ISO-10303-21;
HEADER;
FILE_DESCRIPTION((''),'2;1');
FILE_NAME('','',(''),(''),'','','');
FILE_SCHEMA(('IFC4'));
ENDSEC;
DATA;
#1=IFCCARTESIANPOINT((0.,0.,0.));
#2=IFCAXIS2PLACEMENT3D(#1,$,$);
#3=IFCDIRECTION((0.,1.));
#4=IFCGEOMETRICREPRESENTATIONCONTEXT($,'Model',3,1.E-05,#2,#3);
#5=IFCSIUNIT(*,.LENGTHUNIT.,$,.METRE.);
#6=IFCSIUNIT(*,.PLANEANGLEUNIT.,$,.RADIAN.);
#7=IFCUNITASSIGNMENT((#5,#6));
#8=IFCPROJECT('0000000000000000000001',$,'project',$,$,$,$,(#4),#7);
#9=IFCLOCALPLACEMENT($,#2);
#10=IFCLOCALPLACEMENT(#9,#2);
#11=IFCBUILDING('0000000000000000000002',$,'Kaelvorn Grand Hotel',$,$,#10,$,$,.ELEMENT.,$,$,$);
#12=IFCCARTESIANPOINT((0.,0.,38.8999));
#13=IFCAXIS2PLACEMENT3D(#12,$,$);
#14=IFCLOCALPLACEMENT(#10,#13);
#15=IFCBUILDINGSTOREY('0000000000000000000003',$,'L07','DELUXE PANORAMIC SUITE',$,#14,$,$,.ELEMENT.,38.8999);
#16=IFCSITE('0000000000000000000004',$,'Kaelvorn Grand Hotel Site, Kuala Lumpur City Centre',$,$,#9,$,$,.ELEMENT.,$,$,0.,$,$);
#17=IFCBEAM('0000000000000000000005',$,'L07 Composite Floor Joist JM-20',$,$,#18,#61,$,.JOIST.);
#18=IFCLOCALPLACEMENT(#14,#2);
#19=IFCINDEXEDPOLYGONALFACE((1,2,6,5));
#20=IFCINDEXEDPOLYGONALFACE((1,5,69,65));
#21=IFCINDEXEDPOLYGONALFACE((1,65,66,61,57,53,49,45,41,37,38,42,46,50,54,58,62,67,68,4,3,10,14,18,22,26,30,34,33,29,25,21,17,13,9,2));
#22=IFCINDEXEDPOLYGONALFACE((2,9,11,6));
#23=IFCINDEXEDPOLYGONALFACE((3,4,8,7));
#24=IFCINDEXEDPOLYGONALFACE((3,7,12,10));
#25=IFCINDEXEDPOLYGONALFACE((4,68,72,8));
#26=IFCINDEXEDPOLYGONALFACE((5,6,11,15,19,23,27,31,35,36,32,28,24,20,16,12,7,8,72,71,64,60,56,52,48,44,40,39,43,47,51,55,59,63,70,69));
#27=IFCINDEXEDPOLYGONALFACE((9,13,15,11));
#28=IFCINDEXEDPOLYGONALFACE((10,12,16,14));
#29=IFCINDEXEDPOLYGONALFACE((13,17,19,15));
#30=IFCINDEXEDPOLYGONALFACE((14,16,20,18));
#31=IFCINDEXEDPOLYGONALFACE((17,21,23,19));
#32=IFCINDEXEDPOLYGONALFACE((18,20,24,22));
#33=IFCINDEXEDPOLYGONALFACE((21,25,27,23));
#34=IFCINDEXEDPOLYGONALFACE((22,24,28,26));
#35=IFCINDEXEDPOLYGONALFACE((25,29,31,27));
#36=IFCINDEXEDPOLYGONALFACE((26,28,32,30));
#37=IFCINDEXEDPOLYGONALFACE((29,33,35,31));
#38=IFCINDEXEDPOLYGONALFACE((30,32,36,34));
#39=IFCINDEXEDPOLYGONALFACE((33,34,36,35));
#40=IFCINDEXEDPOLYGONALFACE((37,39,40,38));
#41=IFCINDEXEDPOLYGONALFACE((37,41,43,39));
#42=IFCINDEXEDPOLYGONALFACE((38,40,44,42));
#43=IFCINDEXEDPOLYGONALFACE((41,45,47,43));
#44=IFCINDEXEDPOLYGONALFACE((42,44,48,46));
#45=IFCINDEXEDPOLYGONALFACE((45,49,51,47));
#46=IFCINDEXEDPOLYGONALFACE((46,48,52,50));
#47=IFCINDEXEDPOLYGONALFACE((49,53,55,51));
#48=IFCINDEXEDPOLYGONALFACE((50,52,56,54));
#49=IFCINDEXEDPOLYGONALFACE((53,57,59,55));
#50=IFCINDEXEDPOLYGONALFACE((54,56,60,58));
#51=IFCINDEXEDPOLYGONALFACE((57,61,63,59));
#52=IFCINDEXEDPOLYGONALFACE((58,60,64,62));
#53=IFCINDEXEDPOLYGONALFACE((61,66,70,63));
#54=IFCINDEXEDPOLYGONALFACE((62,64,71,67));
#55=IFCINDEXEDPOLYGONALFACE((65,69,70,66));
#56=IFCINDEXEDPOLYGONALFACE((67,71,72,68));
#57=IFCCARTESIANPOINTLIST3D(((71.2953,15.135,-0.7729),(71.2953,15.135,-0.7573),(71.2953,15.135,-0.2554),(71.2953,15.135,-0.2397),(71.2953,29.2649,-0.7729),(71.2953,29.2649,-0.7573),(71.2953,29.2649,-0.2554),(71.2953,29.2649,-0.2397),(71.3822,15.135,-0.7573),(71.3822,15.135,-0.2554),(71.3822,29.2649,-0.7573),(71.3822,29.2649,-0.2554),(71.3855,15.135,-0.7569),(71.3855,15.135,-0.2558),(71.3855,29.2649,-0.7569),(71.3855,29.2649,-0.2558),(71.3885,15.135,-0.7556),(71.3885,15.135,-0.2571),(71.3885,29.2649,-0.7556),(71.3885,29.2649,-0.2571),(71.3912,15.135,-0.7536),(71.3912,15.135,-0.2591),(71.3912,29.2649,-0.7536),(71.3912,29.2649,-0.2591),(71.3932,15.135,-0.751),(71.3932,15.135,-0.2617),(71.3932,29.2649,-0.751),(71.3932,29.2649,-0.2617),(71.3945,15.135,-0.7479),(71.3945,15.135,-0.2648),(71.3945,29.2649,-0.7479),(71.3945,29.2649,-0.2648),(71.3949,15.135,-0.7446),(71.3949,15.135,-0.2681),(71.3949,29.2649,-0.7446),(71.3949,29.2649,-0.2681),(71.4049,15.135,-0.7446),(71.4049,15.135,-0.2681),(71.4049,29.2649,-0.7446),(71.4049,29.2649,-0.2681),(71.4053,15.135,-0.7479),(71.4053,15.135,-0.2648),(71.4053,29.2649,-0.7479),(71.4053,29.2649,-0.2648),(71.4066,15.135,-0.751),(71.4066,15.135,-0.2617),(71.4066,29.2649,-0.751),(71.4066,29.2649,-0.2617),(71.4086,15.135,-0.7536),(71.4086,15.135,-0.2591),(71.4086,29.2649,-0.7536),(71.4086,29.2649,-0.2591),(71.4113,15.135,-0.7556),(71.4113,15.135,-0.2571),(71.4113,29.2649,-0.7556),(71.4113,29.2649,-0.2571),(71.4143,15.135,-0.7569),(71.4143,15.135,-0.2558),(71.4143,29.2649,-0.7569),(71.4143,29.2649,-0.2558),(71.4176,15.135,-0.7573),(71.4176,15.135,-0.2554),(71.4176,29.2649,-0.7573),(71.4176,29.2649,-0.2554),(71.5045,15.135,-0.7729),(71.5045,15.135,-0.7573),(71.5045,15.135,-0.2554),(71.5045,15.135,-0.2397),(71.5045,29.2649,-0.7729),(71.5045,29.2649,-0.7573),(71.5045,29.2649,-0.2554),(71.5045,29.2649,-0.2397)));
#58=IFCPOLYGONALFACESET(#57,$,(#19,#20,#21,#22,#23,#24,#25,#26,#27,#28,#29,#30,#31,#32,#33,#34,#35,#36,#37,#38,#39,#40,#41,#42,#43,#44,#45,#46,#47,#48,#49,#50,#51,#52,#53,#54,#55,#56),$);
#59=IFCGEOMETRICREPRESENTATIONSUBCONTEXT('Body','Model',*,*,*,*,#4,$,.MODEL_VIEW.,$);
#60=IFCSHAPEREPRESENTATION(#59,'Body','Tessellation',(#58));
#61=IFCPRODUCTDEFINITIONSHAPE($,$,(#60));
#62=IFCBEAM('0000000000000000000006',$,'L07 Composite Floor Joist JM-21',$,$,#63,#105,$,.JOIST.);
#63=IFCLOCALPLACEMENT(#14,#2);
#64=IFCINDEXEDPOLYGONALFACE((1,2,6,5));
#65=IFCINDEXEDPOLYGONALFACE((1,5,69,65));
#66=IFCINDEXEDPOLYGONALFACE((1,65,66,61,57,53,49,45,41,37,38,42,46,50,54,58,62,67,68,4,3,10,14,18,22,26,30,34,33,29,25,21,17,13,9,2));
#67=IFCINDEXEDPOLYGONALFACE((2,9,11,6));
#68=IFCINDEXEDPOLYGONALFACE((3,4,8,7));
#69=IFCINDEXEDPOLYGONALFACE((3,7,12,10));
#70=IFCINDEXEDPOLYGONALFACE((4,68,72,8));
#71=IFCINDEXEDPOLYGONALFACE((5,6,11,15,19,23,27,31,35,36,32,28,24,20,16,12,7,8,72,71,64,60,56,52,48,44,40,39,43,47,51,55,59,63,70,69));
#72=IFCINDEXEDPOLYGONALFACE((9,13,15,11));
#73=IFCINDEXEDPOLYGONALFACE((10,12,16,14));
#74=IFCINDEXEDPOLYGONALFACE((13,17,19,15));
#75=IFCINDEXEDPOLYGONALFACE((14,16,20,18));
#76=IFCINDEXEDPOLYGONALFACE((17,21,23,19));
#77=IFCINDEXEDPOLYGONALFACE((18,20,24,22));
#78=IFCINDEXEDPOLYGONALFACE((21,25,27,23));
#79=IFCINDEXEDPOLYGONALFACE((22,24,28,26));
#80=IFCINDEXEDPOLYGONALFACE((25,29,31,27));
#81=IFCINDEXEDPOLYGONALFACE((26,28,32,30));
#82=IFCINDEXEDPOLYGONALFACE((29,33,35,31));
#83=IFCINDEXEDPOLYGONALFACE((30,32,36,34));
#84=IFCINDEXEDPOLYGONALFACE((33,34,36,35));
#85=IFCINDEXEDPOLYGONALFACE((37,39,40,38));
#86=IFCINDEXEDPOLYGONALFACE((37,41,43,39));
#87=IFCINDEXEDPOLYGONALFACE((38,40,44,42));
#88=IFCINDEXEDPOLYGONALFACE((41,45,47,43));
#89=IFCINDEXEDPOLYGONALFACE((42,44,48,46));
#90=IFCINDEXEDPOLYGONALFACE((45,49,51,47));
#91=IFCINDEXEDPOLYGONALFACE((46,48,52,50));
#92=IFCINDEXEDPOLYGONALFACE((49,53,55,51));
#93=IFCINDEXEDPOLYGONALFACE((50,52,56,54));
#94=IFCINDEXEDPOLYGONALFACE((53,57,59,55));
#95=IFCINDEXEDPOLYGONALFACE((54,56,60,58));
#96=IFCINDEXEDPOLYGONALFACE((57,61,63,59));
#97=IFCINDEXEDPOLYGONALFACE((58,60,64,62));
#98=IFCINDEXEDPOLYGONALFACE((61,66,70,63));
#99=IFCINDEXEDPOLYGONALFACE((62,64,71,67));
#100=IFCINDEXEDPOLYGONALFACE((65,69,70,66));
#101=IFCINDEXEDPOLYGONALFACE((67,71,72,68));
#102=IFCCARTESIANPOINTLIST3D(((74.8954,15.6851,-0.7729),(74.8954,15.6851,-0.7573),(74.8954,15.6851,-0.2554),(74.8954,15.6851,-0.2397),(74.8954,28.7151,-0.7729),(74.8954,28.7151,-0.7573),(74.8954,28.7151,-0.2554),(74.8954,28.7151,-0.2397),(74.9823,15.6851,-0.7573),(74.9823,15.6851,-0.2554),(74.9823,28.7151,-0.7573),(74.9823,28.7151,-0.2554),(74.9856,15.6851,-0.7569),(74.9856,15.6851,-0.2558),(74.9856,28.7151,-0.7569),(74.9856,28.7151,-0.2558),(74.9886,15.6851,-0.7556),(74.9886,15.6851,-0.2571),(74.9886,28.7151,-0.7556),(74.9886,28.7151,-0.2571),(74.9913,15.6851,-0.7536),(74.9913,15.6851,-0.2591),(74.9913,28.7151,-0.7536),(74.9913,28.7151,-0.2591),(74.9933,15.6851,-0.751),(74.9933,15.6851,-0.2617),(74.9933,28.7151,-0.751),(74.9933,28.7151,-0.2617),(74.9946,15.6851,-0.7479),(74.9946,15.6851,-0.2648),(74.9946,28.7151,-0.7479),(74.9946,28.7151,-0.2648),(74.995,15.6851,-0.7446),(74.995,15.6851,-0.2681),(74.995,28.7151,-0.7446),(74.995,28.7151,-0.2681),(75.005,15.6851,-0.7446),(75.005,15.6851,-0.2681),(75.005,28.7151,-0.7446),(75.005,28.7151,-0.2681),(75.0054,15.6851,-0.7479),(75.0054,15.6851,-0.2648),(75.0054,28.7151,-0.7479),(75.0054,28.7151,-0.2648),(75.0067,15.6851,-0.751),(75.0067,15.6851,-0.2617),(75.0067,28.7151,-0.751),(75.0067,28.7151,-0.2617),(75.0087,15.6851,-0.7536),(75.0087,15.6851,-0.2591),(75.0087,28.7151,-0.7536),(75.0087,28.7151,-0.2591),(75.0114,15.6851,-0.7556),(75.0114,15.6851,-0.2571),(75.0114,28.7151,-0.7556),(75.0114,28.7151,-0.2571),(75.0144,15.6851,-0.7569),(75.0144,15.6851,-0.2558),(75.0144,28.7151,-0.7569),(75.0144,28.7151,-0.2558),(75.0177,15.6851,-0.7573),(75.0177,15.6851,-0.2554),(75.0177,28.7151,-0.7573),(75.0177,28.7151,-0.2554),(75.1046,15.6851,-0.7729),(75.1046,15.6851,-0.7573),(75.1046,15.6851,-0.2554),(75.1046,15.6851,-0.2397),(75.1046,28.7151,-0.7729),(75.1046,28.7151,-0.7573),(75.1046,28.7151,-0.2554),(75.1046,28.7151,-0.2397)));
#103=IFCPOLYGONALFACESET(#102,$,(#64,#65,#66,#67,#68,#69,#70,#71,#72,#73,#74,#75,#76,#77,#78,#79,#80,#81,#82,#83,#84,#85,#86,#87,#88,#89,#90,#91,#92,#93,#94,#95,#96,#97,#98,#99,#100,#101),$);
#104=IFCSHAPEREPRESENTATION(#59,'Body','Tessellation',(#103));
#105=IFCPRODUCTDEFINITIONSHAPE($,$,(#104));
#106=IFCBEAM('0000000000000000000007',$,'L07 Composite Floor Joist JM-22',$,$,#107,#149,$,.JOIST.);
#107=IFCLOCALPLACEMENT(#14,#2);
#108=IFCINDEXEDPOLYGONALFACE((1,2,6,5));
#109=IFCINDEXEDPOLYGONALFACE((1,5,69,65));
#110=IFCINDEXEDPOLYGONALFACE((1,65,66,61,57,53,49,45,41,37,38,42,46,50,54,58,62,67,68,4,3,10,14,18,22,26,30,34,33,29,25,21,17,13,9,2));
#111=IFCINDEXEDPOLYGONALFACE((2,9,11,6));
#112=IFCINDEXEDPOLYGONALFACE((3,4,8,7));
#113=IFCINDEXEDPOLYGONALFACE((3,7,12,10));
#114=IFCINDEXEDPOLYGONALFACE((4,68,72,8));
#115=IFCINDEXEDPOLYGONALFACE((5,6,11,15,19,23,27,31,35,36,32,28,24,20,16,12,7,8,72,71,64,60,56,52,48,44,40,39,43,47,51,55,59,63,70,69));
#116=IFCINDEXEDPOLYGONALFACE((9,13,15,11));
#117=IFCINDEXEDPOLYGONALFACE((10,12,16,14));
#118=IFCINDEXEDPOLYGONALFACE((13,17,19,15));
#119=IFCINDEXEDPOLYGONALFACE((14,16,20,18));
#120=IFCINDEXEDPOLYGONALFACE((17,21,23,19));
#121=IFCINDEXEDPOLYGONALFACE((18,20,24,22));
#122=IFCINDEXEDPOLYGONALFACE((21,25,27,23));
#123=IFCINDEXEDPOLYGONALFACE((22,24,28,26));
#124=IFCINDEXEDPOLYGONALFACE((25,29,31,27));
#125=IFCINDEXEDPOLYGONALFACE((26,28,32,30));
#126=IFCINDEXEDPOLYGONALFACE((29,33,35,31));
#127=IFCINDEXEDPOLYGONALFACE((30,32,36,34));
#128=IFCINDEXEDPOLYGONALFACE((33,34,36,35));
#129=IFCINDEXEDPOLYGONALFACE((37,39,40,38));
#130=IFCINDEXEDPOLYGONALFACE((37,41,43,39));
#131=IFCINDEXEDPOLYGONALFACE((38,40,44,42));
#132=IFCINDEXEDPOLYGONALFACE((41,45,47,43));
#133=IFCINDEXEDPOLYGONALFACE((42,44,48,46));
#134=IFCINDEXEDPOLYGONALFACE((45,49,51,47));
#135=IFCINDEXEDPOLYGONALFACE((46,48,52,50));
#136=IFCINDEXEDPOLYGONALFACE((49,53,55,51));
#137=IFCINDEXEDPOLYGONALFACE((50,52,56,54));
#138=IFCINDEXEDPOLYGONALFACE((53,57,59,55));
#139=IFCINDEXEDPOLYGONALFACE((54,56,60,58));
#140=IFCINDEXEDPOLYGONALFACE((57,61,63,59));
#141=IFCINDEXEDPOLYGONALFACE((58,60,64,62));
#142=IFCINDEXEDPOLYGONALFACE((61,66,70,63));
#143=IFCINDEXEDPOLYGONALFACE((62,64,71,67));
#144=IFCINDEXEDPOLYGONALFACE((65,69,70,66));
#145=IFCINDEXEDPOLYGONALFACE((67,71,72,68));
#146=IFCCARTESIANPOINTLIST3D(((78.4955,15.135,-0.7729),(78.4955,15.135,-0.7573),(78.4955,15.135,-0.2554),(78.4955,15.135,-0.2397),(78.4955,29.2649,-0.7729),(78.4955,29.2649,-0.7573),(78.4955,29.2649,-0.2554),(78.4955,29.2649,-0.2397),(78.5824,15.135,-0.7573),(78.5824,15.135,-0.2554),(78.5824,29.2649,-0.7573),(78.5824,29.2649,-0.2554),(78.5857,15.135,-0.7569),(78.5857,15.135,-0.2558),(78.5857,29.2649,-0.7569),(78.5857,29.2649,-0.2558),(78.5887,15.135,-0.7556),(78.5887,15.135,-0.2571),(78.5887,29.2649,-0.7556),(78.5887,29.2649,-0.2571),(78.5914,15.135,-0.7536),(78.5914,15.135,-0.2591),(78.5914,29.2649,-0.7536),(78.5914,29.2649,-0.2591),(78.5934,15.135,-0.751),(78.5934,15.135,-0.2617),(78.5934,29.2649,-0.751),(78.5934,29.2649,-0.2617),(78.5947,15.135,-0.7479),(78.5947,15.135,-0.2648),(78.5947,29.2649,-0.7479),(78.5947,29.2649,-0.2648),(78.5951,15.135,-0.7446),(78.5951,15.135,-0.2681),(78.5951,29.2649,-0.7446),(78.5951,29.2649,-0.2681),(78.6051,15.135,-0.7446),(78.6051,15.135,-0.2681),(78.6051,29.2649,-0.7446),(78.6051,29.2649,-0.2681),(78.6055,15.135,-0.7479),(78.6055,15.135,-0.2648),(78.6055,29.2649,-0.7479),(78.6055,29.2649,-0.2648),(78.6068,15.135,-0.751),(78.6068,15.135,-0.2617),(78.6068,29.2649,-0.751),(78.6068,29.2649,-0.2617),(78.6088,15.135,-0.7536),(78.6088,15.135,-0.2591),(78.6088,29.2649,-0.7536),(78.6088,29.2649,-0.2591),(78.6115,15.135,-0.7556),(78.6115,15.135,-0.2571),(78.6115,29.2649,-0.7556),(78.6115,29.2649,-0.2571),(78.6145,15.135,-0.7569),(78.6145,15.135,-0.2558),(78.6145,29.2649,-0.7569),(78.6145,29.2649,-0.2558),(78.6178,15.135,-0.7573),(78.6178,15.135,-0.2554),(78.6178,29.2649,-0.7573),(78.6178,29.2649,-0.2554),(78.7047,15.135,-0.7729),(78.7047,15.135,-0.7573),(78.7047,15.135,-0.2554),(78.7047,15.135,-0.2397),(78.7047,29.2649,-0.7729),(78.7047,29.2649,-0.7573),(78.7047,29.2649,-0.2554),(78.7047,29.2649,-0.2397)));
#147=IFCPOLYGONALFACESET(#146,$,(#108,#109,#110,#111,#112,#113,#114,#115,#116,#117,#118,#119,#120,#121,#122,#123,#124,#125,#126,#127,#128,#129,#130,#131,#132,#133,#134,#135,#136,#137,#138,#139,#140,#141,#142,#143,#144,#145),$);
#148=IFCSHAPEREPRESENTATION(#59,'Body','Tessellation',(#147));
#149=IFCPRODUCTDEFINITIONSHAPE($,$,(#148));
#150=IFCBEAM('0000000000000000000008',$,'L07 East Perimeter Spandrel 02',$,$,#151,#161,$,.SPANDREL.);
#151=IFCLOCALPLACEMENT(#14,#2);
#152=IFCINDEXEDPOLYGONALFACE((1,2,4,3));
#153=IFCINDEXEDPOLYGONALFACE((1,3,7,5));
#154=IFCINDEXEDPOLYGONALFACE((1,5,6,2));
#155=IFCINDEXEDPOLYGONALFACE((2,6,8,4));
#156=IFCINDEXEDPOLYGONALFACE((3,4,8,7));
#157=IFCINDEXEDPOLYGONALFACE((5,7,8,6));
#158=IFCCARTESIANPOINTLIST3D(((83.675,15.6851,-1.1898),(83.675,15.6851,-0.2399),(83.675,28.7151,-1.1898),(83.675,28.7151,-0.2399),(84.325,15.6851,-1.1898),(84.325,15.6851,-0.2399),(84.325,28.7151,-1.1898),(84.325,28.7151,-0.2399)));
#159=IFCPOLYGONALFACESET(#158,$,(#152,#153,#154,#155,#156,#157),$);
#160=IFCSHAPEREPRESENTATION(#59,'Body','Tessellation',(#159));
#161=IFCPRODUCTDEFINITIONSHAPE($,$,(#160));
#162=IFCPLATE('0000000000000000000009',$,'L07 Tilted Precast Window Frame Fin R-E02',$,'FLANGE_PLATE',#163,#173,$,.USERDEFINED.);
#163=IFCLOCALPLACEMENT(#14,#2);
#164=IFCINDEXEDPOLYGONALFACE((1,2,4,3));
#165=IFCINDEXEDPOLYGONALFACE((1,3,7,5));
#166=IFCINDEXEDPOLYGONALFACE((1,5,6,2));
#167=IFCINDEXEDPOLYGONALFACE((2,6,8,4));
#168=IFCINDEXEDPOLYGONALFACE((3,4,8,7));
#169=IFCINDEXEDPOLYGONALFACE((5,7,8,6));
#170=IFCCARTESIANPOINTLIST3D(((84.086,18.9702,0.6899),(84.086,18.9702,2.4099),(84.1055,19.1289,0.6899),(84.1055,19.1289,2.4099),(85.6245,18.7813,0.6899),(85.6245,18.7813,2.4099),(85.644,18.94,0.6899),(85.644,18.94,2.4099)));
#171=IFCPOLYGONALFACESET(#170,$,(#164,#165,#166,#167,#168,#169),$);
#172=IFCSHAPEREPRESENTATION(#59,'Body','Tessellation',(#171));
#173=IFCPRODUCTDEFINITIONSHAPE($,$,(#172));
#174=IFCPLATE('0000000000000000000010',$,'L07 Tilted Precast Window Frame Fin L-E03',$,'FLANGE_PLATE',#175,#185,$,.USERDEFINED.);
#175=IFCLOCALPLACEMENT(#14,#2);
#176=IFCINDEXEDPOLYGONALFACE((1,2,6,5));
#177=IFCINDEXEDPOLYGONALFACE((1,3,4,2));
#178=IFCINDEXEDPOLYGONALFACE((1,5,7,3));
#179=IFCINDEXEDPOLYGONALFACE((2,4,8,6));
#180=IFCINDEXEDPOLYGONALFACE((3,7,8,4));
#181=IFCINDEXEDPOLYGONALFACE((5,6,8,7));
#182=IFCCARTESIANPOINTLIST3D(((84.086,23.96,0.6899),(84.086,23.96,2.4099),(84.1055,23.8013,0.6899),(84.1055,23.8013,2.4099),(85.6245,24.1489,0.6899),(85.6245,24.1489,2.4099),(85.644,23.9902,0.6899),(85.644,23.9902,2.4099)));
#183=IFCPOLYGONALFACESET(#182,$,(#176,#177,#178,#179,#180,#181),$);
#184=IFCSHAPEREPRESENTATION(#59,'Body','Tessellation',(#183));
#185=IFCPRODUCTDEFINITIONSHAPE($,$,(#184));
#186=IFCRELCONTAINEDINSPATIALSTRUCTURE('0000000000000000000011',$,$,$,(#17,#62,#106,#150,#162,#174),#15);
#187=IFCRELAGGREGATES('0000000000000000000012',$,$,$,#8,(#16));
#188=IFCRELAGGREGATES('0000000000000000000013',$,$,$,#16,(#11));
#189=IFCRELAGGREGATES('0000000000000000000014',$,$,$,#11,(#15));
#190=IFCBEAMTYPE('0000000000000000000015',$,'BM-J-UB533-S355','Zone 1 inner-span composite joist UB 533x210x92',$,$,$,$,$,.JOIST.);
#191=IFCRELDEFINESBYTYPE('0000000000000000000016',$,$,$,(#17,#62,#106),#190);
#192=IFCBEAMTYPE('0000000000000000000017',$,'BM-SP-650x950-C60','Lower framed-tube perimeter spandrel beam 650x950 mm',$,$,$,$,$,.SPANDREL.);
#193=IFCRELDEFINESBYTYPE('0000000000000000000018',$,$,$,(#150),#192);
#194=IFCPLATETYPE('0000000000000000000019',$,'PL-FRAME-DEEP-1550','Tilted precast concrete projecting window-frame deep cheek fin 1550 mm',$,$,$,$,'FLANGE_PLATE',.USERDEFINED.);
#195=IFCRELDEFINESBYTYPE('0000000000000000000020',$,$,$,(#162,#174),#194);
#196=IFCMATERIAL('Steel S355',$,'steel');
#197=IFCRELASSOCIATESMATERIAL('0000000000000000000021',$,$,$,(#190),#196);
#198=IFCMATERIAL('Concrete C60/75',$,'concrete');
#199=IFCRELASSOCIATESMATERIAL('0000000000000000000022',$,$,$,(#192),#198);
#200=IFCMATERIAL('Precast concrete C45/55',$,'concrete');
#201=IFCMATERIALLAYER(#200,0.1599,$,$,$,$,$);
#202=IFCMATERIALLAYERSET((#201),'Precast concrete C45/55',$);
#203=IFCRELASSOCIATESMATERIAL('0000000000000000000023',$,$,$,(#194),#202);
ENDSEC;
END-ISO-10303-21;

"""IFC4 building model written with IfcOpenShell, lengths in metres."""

from ifc_helpers import new_model, si_unit, direction, frame, origin, origin_2d, place, context, subcontext, project, spatial, rectangle, i_section, extrude, material, layer, layer_set, material_profile, profile_set, type_object, element, save


model = new_model("IFC4")

# Units and contexts
model_context = context("Model", 3, precision=1e-05, world=origin(), true_north=direction((0.0, 1.0)))
body_context = subcontext(model_context, "Body", "Model", "MODEL_VIEW")
ifc_project = project(units=[si_unit("LENGTHUNIT", "METRE"), si_unit("PLANEANGLEUNIT", "RADIAN")], contexts=[model_context])

# Site, building, storey
site_placement = place(None, origin())
site = spatial("IfcSite", under=ifc_project, at=site_placement, Name="Kaelvorn Grand Hotel Site, Kuala Lumpur City Centre", CompositionType="ELEMENT", RefElevation=0.0)
building_placement = place(site_placement, origin())
building = spatial("IfcBuilding", under=site, at=building_placement, Name="Kaelvorn Grand Hotel", CompositionType="ELEMENT")
storey_placement = place(building_placement, frame((0.0, 0.0, 38.8999)))
storey = spatial("IfcBuildingStorey", under=building, at=storey_placement, Name="L07", Description="DELUXE PANORAMIC SUITE", CompositionType="ELEMENT", Elevation=38.8999)

# Beams
ifc_material_1 = material(Name="Steel S355", Category="steel")
ifc_material_profile_1 = material_profile(ifc_material_1, i_section(OverallWidth=0.2092, OverallDepth=0.5332, WebThickness=0.01, FlangeThickness=0.0156, FilletRadius=0.0127, at=origin_2d()), Name="UB 533x210x92")
ifc_profile_set_1 = profile_set([ifc_material_profile_1], Name="Steel S355")
beam_type_1 = type_object("IfcBeamType", Name="BM-J-UB533-S355", Description="Zone 1 inner-span composite joist UB 533x210x92", PredefinedType="JOIST", material=ifc_profile_set_1)
beam_1_placement = place(storey_placement, frame((71.3999, 15.135, -0.5063), z_axis=(0.0, 1.0, 0.0), x_axis=(-1.0, 0.0, 0.0)))
element("IfcBeam", 1, at=beam_1_placement, inside=storey, type_object=beam_type_1, Name="L07 Composite Floor Joist JM-20", PredefinedType="JOIST", context=body_context, shape_type="SweptSolid", body=[
    extrude(i_section(OverallWidth=0.2092, OverallDepth=0.5332, WebThickness=0.01, FlangeThickness=0.0156, FilletRadius=0.0127, at=origin_2d()), origin(), (0.0, 0.0, 1.0), 14.1299),
])
beam_2_placement = place(storey_placement, frame((75.0, 15.6851, -0.5063), z_axis=(0.0, 1.0, 0.0), x_axis=(-1.0, 0.0, 0.0)))
element("IfcBeam", 2, at=beam_2_placement, inside=storey, type_object=beam_type_1, Name="L07 Composite Floor Joist JM-21", PredefinedType="JOIST", context=body_context, shape_type="SweptSolid", body=[
    extrude(i_section(OverallWidth=0.2092, OverallDepth=0.5332, WebThickness=0.01, FlangeThickness=0.0156, FilletRadius=0.0127, at=origin_2d()), origin(), (0.0, 0.0, 1.0), 13.03),
])
beam_3_placement = place(storey_placement, frame((78.6001, 15.135, -0.5063), z_axis=(0.0, 1.0, 0.0), x_axis=(-1.0, 0.0, 0.0)))
element("IfcBeam", 3, at=beam_3_placement, inside=storey, type_object=beam_type_1, Name="L07 Composite Floor Joist JM-22", PredefinedType="JOIST", context=body_context, shape_type="SweptSolid", body=[
    extrude(i_section(OverallWidth=0.2092, OverallDepth=0.5332, WebThickness=0.01, FlangeThickness=0.0156, FilletRadius=0.0127, at=origin_2d()), origin(), (0.0, 0.0, 1.0), 14.1299),
])
ifc_material_2 = material(Name="Concrete C60/75", Category="concrete")
ifc_material_profile_2 = material_profile(ifc_material_2, rectangle(XDim=0.6499, YDim=0.95, at=origin_2d()), Name="RC SPANDREL 650x950")
ifc_profile_set_2 = profile_set([ifc_material_profile_2], Name="Concrete C60/75")
beam_type_2 = type_object("IfcBeamType", Name="BM-SP-650x950-C60", Description="Lower framed-tube perimeter spandrel beam 650x950 mm", PredefinedType="SPANDREL", material=ifc_profile_set_2)
beam_4_placement = place(storey_placement, frame((84.0, 15.6851, -0.7148), z_axis=(0.0, 1.0, 0.0), x_axis=(-1.0, 0.0, 0.0)))
element("IfcBeam", 4, at=beam_4_placement, inside=storey, type_object=beam_type_2, Name="L07 East Perimeter Spandrel 02", PredefinedType="SPANDREL", context=body_context, shape_type="SweptSolid", body=[
    extrude(rectangle(XDim=0.6499, YDim=0.95, at=origin_2d()), origin(), (0.0, 0.0, 1.0), 13.03),
])

# Plates
ifc_material_3 = material(Name="Precast concrete C45/55", Category="concrete")
ifc_layer_1 = layer(ifc_material_3, 0.1599)
ifc_layer_set_1 = layer_set([ifc_layer_1], Name="Precast concrete C45/55")
plate_type_1 = type_object("IfcPlateType", Name="PL-FRAME-DEEP-1550", Description="Tilted precast concrete projecting window-frame deep cheek fin 1550 mm", ElementType="FLANGE_PLATE", PredefinedType="USERDEFINED", material=ifc_layer_set_1)
for number, where, z_axis, x_axis, name in (
    (5, (84.865, 18.9551, 0.6899), (0.0, 0.0, 1.0), (0.121869, 0.992546, 0.0), "L07 Tilted Precast Window Frame Fin R-E02"),
    (6, (84.865, 23.9751, 0.6899), (0.0, 0.0, 1.0), (-0.121869, 0.992546, 0.0), "L07 Tilted Precast Window Frame Fin L-E03"),
):
    element("IfcPlate", number, at=place(storey_placement, frame(where, z_axis=z_axis, x_axis=x_axis)), inside=storey, type_object=plate_type_1, Name=name, ObjectType="FLANGE_PLATE", PredefinedType="USERDEFINED", context=body_context, shape_type="SweptSolid", body=[
        extrude(rectangle(XDim=0.1599, YDim=1.55, at=origin_2d()), origin(), (0.0, 0.0, 1.0), 1.72),
    ])

save(model, "model.ifc")
